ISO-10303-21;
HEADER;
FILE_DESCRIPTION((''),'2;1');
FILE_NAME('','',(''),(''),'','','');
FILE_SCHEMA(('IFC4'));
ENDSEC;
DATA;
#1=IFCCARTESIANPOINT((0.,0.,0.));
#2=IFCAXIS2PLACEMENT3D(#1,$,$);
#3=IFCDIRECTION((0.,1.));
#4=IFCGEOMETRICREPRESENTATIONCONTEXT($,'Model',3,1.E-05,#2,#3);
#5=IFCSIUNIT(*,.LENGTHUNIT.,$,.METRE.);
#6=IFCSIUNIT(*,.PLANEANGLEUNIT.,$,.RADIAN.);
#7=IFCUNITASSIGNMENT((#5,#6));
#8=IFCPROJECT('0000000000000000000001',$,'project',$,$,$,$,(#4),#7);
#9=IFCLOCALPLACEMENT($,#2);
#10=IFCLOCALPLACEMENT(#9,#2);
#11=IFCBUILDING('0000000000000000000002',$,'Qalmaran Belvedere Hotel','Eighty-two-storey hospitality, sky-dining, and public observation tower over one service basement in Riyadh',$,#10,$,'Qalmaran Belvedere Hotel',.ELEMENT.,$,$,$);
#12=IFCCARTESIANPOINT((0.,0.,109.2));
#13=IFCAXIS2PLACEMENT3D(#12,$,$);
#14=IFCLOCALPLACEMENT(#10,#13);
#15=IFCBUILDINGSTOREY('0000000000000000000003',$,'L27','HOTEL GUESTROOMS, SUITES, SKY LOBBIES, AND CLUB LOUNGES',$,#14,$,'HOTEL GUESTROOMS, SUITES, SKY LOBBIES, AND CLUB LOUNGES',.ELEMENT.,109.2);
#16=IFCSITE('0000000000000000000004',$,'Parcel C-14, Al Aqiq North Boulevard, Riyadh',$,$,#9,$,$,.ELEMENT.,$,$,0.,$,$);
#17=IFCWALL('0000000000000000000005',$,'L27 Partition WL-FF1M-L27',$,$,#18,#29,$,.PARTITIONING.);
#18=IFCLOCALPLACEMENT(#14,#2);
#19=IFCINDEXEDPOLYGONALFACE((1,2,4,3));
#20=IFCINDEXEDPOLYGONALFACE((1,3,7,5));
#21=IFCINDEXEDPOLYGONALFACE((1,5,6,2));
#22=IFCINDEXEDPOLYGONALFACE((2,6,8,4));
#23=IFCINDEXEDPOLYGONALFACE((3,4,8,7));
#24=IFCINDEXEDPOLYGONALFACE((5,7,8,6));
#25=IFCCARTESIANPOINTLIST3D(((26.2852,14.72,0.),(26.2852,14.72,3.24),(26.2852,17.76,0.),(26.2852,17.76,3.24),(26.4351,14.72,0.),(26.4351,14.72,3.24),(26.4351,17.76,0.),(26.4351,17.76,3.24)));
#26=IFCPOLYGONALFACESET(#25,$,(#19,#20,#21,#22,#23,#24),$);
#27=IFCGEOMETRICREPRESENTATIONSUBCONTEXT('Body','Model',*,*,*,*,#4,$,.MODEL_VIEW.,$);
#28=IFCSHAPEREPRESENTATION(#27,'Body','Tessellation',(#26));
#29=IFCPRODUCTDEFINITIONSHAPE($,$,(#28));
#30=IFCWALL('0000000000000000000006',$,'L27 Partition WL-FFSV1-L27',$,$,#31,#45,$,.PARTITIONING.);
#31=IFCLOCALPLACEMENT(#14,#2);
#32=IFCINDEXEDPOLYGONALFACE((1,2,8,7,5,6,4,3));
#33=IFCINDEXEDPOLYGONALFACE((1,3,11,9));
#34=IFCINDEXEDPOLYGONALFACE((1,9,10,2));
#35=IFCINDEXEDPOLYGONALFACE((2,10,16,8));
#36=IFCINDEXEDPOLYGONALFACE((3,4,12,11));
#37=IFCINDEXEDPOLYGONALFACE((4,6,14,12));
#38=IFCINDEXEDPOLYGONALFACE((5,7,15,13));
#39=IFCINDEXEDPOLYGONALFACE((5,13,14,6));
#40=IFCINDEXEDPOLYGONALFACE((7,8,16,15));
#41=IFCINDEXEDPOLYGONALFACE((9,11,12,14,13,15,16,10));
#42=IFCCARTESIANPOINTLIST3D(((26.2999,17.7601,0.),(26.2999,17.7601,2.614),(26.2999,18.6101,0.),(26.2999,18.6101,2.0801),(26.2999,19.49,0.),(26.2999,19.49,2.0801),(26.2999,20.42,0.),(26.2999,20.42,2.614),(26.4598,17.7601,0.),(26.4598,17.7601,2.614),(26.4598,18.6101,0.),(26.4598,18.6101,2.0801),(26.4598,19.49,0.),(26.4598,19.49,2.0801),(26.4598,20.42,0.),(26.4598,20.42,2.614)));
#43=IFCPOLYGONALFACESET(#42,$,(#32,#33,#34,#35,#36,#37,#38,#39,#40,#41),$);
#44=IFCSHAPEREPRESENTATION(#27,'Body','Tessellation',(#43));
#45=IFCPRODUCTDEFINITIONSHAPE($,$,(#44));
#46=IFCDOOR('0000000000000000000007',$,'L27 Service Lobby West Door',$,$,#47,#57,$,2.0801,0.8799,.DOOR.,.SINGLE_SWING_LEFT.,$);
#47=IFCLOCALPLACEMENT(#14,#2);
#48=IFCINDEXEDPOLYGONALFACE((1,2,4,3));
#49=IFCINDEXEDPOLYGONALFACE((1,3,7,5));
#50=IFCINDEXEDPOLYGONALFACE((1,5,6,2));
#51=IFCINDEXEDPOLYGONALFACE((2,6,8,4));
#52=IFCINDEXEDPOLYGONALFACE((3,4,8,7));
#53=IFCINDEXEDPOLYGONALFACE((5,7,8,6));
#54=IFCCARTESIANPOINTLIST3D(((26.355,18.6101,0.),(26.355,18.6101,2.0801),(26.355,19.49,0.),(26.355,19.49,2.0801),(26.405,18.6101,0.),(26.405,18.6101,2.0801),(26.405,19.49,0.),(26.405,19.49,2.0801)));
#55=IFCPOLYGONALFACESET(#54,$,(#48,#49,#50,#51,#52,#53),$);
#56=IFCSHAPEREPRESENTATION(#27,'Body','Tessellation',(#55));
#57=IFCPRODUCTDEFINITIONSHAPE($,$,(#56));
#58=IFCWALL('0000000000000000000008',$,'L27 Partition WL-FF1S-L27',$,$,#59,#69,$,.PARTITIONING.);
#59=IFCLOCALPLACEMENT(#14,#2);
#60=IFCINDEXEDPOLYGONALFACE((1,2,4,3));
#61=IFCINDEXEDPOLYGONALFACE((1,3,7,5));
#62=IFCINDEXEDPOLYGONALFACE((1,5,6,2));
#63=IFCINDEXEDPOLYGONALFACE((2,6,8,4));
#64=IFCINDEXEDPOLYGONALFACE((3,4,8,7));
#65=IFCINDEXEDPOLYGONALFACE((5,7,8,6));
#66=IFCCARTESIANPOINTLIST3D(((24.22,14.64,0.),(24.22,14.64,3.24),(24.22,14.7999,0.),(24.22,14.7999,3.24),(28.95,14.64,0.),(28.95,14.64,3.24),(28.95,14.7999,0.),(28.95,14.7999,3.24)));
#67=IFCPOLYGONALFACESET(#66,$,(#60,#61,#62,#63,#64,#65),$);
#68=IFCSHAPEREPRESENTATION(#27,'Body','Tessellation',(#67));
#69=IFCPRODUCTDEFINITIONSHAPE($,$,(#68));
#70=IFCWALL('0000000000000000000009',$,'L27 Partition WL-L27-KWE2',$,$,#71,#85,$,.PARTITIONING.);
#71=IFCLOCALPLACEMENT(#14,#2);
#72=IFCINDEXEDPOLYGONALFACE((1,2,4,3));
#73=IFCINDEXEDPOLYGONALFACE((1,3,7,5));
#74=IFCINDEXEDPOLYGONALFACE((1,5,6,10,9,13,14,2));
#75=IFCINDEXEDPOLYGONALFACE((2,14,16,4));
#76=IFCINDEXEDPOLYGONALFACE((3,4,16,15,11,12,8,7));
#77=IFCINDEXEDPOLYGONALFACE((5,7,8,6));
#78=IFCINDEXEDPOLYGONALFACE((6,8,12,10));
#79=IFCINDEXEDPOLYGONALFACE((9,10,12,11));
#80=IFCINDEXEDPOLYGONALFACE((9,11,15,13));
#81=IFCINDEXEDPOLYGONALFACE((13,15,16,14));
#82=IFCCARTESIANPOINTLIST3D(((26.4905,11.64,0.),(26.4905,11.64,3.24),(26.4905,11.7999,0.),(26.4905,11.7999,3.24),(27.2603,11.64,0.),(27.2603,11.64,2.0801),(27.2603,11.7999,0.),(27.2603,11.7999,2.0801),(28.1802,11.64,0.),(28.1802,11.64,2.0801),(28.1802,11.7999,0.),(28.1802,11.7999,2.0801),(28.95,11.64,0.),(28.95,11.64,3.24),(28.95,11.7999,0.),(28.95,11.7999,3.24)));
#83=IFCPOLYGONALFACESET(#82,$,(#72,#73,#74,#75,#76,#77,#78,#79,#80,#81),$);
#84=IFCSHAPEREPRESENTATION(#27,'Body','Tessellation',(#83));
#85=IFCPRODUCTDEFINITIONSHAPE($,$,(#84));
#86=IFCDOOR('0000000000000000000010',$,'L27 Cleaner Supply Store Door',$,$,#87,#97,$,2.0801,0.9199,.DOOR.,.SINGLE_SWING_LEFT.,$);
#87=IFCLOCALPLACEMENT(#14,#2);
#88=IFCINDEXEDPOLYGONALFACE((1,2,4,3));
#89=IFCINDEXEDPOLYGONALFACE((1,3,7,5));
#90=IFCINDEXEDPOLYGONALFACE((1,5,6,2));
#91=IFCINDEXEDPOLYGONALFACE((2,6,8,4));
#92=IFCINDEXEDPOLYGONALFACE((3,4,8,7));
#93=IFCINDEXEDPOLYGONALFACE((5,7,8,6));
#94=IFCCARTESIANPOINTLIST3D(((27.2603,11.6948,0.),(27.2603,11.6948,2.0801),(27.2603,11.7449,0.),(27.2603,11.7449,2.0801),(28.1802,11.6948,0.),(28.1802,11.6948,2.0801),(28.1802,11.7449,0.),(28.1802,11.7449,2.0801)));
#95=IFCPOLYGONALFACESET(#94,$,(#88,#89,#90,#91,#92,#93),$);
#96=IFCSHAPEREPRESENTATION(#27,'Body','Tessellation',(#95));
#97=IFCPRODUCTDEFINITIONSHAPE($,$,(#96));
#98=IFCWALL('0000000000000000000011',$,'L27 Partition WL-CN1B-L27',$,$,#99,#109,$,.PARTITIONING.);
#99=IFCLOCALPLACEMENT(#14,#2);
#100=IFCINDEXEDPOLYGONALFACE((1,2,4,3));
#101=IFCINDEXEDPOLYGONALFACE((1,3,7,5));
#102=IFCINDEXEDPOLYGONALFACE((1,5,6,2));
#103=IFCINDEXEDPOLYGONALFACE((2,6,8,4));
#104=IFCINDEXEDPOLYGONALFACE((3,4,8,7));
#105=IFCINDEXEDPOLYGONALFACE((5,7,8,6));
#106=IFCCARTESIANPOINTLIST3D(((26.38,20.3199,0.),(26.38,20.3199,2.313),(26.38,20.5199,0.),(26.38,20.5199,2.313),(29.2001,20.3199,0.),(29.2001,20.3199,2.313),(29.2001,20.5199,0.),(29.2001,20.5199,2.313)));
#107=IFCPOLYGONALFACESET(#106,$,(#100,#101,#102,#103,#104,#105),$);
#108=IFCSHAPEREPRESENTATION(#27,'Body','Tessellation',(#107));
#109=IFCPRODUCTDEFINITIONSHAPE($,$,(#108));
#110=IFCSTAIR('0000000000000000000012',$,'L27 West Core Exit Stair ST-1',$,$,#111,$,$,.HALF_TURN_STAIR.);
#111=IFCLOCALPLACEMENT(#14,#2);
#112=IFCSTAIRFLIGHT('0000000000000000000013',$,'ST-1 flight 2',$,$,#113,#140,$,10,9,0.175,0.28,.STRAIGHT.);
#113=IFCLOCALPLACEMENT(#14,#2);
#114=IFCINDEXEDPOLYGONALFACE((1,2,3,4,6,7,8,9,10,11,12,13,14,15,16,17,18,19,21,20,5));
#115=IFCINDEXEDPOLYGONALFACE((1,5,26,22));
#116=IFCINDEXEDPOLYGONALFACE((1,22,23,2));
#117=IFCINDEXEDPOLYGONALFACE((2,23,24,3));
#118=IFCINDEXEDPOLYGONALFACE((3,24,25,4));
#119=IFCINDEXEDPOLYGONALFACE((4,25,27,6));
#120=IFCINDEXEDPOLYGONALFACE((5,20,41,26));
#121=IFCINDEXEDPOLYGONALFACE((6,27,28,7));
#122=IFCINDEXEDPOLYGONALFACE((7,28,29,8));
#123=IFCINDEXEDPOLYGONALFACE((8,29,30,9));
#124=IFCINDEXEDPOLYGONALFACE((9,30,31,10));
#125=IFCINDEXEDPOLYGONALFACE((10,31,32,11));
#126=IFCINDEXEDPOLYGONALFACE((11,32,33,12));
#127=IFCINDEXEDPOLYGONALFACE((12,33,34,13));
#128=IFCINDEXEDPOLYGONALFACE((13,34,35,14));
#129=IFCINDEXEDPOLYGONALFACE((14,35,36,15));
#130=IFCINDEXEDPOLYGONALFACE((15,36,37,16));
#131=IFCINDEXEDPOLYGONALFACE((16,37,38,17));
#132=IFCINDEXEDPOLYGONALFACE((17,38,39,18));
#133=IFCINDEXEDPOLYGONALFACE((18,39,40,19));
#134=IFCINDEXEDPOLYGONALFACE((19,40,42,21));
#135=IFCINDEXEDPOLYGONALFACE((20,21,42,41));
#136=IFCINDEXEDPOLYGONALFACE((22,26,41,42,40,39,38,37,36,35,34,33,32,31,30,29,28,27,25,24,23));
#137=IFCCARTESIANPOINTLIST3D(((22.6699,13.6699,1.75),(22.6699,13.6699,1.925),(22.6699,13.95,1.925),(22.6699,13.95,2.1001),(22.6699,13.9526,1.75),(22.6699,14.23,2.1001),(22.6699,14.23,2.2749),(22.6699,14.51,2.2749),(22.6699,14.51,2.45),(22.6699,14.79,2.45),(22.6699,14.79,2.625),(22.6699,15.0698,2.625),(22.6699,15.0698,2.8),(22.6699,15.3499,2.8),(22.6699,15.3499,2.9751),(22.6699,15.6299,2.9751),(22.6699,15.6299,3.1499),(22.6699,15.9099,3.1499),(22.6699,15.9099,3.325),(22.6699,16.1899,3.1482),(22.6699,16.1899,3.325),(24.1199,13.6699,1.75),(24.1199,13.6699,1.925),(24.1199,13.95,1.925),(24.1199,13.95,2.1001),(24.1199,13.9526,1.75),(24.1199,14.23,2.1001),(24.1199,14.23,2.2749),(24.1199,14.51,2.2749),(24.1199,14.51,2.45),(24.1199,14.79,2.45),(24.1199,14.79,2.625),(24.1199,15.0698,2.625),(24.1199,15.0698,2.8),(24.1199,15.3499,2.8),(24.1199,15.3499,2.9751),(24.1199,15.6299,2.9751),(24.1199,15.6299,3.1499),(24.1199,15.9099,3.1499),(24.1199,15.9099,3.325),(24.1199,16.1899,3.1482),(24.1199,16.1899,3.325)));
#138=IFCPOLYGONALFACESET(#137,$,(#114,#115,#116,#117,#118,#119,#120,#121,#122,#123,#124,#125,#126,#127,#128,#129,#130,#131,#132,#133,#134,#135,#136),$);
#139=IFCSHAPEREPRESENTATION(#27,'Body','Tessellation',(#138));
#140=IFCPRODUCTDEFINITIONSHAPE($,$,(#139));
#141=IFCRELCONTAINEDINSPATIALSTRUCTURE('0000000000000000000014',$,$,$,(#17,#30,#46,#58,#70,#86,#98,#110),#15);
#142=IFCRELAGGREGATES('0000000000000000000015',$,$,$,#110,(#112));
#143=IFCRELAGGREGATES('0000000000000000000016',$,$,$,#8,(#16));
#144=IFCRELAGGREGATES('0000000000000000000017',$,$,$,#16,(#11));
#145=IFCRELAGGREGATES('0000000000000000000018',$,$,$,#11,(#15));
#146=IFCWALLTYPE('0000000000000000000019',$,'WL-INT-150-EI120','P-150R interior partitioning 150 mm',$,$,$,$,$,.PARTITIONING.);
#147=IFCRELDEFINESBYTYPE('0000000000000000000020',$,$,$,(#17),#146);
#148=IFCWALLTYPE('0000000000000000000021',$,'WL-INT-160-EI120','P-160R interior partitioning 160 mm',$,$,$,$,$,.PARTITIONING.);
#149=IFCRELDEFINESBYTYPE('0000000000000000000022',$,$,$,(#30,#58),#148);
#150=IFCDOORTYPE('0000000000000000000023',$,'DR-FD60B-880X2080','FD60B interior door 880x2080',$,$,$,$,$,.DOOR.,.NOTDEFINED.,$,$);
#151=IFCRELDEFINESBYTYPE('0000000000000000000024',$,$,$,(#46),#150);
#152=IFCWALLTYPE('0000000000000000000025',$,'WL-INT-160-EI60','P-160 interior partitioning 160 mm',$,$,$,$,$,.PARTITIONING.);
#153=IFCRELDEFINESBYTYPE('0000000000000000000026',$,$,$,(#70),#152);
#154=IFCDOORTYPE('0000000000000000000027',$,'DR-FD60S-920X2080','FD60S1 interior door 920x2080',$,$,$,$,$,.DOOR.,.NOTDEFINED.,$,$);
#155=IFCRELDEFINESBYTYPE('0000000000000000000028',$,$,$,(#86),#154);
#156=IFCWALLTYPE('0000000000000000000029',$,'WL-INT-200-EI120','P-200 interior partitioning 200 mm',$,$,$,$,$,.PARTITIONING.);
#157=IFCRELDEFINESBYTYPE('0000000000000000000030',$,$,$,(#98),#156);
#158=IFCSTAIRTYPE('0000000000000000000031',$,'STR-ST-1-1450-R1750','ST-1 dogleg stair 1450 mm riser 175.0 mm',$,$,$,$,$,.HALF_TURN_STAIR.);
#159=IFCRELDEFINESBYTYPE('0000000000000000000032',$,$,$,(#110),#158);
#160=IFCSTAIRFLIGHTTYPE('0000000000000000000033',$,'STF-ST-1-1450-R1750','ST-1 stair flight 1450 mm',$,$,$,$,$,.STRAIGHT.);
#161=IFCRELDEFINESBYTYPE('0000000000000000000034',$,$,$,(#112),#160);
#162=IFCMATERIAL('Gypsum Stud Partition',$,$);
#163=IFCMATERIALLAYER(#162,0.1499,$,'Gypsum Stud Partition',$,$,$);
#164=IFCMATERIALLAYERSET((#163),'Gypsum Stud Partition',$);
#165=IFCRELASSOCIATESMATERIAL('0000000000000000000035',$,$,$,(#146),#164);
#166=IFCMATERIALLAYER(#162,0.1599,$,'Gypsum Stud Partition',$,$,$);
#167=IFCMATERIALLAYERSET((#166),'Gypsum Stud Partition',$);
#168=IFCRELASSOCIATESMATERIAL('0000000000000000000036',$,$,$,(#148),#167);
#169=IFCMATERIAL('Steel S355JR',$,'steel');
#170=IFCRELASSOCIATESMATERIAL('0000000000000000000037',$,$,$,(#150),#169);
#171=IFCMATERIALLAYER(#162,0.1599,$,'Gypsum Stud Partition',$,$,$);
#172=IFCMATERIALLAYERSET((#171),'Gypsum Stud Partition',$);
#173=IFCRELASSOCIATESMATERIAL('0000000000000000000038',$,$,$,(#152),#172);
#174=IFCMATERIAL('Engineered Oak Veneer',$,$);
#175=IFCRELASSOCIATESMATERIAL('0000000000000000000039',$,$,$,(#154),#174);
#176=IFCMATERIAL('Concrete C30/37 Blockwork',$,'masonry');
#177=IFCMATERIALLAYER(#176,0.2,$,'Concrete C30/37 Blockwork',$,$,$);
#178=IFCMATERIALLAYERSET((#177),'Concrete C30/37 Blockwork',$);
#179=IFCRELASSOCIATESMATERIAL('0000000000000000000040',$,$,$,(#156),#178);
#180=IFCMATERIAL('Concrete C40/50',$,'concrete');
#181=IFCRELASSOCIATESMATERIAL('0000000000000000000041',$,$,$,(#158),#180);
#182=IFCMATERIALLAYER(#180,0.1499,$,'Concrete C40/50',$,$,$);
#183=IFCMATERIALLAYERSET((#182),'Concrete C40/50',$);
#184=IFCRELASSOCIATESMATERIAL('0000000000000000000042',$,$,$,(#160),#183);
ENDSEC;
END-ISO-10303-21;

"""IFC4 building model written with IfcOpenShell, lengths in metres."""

from ifc_helpers import new_model, si_unit, direction, frame, frame_2d, origin, place, context, subcontext, project, spatial, polyline, rectangle, outline, extrude, material, layer, layer_set, type_object, element, fill, aggregate, save


model = new_model("IFC4")

# Units and contexts
model_context = context("Model", 3, precision=1e-05, world=origin(), true_north=direction((0.0, 1.0)))
body_context = subcontext(model_context, "Body", "Model", "MODEL_VIEW")
ifc_project = project(units=[si_unit("LENGTHUNIT", "METRE"), si_unit("PLANEANGLEUNIT", "RADIAN")], contexts=[model_context])

# Site, building, storey
site_placement = place(None, origin())
site = spatial("IfcSite", under=ifc_project, at=site_placement, Name="Parcel C-14, Al Aqiq North Boulevard, Riyadh", CompositionType="ELEMENT", RefElevation=0.0)
building_placement = place(site_placement, origin())
building = spatial("IfcBuilding", under=site, at=building_placement, Name="Qalmaran Belvedere Hotel", Description="Eighty-two-storey hospitality, sky-dining, and public observation tower over one service basement in Riyadh", LongName="Qalmaran Belvedere Hotel", CompositionType="ELEMENT")
storey_placement = place(building_placement, frame((0.0, 0.0, 109.2)))
storey = spatial("IfcBuildingStorey", under=building, at=storey_placement, Name="L27", Description="HOTEL GUESTROOMS, SUITES, SKY LOBBIES, AND CLUB LOUNGES", LongName="HOTEL GUESTROOMS, SUITES, SKY LOBBIES, AND CLUB LOUNGES", CompositionType="ELEMENT", Elevation=109.2)

# Wall
ifc_material_1 = material(Name="Gypsum Stud Partition")
ifc_layer_1 = layer(ifc_material_1, 0.1499, Name="Gypsum Stud Partition")
ifc_layer_set_1 = layer_set([ifc_layer_1], Name="Gypsum Stud Partition")
wall_type_1 = type_object("IfcWallType", Name="WL-INT-150-EI120", Description="P-150R interior partitioning 150 mm", PredefinedType="PARTITIONING", material=ifc_layer_set_1)
wall_1_placement = place(storey_placement, frame((26.3601, 14.72, 0.0), z_axis=(0.0, 0.0, 1.0), x_axis=(0.0, 1.0, 0.0)))
element("IfcWall", 1, at=wall_1_placement, inside=storey, type_object=wall_type_1, Name="L27 Partition WL-FF1M-L27", PredefinedType="PARTITIONING", context=body_context, shape_type="SweptSolid", body=[
    extrude(rectangle(XDim=3.04, YDim=0.1499, at=frame_2d((1.52, 0.0))), origin(), (0.0, 0.0, 1.0), 3.24),
])

# Wall, opening, door
ifc_layer_2 = layer(ifc_material_1, 0.1599, Name="Gypsum Stud Partition")
ifc_layer_set_2 = layer_set([ifc_layer_2], Name="Gypsum Stud Partition")
wall_type_2 = type_object("IfcWallType", Name="WL-INT-160-EI120", Description="P-160R interior partitioning 160 mm", PredefinedType="PARTITIONING", material=ifc_layer_set_2)
wall_2_placement = place(storey_placement, frame((26.3799, 17.76, 0.0), z_axis=(0.0, 0.0, 1.0), x_axis=(0.0, 1.0, 0.0)))
wall_2 = element("IfcWall", 2, at=wall_2_placement, inside=storey, type_object=wall_type_2, Name="L27 Partition WL-FFSV1-L27", PredefinedType="PARTITIONING", context=body_context, shape_type="SweptSolid", body=[
    extrude(rectangle(XDim=2.6599, YDim=0.1599, at=frame_2d((1.3301, 0.0))), origin(), (0.0, 0.0, 1.0), 2.614),
])
opening_1_placement = place(wall_2_placement, frame((0.8501, 0.0, 0.0)))
opening_1 = element("IfcOpeningElement", 3, at=opening_1_placement, cuts=wall_2, PredefinedType="OPENING", context=body_context, shape_type="SweptSolid", body=[
    extrude(rectangle(XDim=0.8799, YDim=2.0801, at=frame_2d((0.4399, 1.04))), frame((0.0, 0.0898, 0.0), z_axis=(0.0, -1.0, 0.0), x_axis=(1.0, 0.0, 0.0)), (0.0, 0.0, 1.0), 0.1799),
])
ifc_material_2 = material(Name="Steel S355JR", Category="steel")
door_type_1 = type_object("IfcDoorType", Name="DR-FD60B-880X2080", Description="FD60B interior door 880x2080", OperationType="NOTDEFINED", PredefinedType="DOOR", material=ifc_material_2)
door_1_placement = place(opening_1_placement, origin())
door_1 = element("IfcDoor", 4, at=door_1_placement, inside=storey, type_object=door_type_1, Name="L27 Service Lobby West Door", OperationType="SINGLE_SWING_LEFT", OverallHeight=2.0801, OverallWidth=0.8799, PredefinedType="DOOR", context=body_context, shape_type="SweptSolid", body=[
    extrude(rectangle(XDim=0.8799, YDim=2.0801, at=frame_2d((0.4399, 1.04))), frame((0.0, 0.0249, 0.0), z_axis=(0.0, -1.0, 0.0), x_axis=(1.0, 0.0, 0.0)), (0.0, 0.0, 1.0), 0.05),
])
fill(opening_1, door_1)

# Wall
wall_3_placement = place(storey_placement, frame((24.22, 14.72, 0.0), z_axis=(0.0, 0.0, 1.0), x_axis=(1.0, 0.0, 0.0)))
element("IfcWall", 5, at=wall_3_placement, inside=storey, type_object=wall_type_2, Name="L27 Partition WL-FF1S-L27", PredefinedType="PARTITIONING", context=body_context, shape_type="SweptSolid", body=[
    extrude(rectangle(XDim=4.73, YDim=0.1599, at=frame_2d((2.365, 0.0))), origin(), (0.0, 0.0, 1.0), 3.24),
])

# Wall, opening, door
ifc_layer_3 = layer(ifc_material_1, 0.1599, Name="Gypsum Stud Partition")
ifc_layer_set_3 = layer_set([ifc_layer_3], Name="Gypsum Stud Partition")
wall_type_3 = type_object("IfcWallType", Name="WL-INT-160-EI60", Description="P-160 interior partitioning 160 mm", PredefinedType="PARTITIONING", material=ifc_layer_set_3)
wall_4_placement = place(storey_placement, frame((26.4905, 11.72, 0.0), z_axis=(0.0, 0.0, 1.0), x_axis=(1.0, 0.0, 0.0)))
wall_4 = element("IfcWall", 6, at=wall_4_placement, inside=storey, type_object=wall_type_3, Name="L27 Partition WL-L27-KWE2", PredefinedType="PARTITIONING", context=body_context, shape_type="SweptSolid", body=[
    extrude(rectangle(XDim=2.4595, YDim=0.1599, at=frame_2d((1.2297, 0.0))), origin(), (0.0, 0.0, 1.0), 3.24),
])
opening_2_placement = place(wall_4_placement, frame((0.7698, 0.0, 0.0)))
opening_2 = element("IfcOpeningElement", 7, at=opening_2_placement, cuts=wall_4, PredefinedType="OPENING", context=body_context, shape_type="SweptSolid", body=[
    extrude(rectangle(XDim=0.9199, YDim=2.0801, at=frame_2d((0.46, 1.04))), frame((0.0, 0.0898, 0.0), z_axis=(0.0, -1.0, 0.0), x_axis=(1.0, 0.0, 0.0)), (0.0, 0.0, 1.0), 0.1799),
])
ifc_material_3 = material(Name="Engineered Oak Veneer")
door_type_2 = type_object("IfcDoorType", Name="DR-FD60S-920X2080", Description="FD60S1 interior door 920x2080", OperationType="NOTDEFINED", PredefinedType="DOOR", material=ifc_material_3)
door_2_placement = place(opening_2_placement, origin())
door_2 = element("IfcDoor", 8, at=door_2_placement, inside=storey, type_object=door_type_2, Name="L27 Cleaner Supply Store Door", OperationType="SINGLE_SWING_LEFT", OverallHeight=2.0801, OverallWidth=0.9199, PredefinedType="DOOR", context=body_context, shape_type="SweptSolid", body=[
    extrude(rectangle(XDim=0.9199, YDim=2.0801, at=frame_2d((0.46, 1.04))), frame((0.0, 0.0249, 0.0), z_axis=(0.0, -1.0, 0.0), x_axis=(1.0, 0.0, 0.0)), (0.0, 0.0, 1.0), 0.05),
])
fill(opening_2, door_2)

# Wall
ifc_material_4 = material(Name="Concrete C30/37 Blockwork", Category="masonry")
ifc_layer_4 = layer(ifc_material_4, 0.2, Name="Concrete C30/37 Blockwork")
ifc_layer_set_4 = layer_set([ifc_layer_4], Name="Concrete C30/37 Blockwork")
wall_type_4 = type_object("IfcWallType", Name="WL-INT-200-EI120", Description="P-200 interior partitioning 200 mm", PredefinedType="PARTITIONING", material=ifc_layer_set_4)
wall_5_placement = place(storey_placement, frame((26.3799, 20.4199, 0.0), z_axis=(0.0, 0.0, 1.0), x_axis=(1.0, 0.0, 0.0)))
element("IfcWall", 9, at=wall_5_placement, inside=storey, type_object=wall_type_4, Name="L27 Partition WL-CN1B-L27", PredefinedType="PARTITIONING", context=body_context, shape_type="SweptSolid", body=[
    extrude(rectangle(XDim=2.8201, YDim=0.2, at=frame_2d((1.4102, 0.0))), origin(), (0.0, 0.0, 1.0), 2.313),
])

# Stair, stair flight
ifc_material_5 = material(Name="Concrete C40/50", Category="concrete")
stair_type = type_object("IfcStairType", Name="STR-ST-1-1450-R1750", Description="ST-1 dogleg stair 1450 mm riser 175.0 mm", PredefinedType="HALF_TURN_STAIR", material=ifc_material_5)
stair_placement = place(storey_placement, origin())
stair = element("IfcStair", 10, at=stair_placement, inside=storey, type_object=stair_type, Name="L27 West Core Exit Stair ST-1", PredefinedType="HALF_TURN_STAIR")
ifc_layer_5 = layer(ifc_material_5, 0.1499, Name="Concrete C40/50")
ifc_layer_set_5 = layer_set([ifc_layer_5], Name="Concrete C40/50")
stair_flight_type = type_object("IfcStairFlightType", Name="STF-ST-1-1450-R1750", Description="ST-1 stair flight 1450 mm", PredefinedType="STRAIGHT", material=ifc_layer_set_5)
stair_flight_placement = place(storey_placement, frame((23.395, 13.6699, 1.75), z_axis=(0.0, 0.0, 1.0), x_axis=(0.0, 1.0, 0.0)))
stair_flight = element("IfcStairFlight", 11, at=stair_flight_placement, type_object=stair_flight_type, Name="ST-1 flight 2", NumberOfRisers=10, NumberOfTreads=9, PredefinedType="STRAIGHT", RiserHeight=0.175, TreadLength=0.28, context=body_context, shape_type="SweptSolid", body=[
    extrude(outline(polyline([(0.0, 0.0), (0.0, 0.175), (0.28, 0.175), (0.28, 0.3501), (0.5601, 0.3501), (0.5601, 0.5249), (0.8401, 0.5249), (0.8401, 0.7), (1.1201, 0.7), (1.1201, 0.875), (1.3999, 0.875), (1.3999, 1.05), (1.6799, 1.05), (1.6799, 1.2251), (1.96, 1.2251), (1.96, 1.3999), (2.24, 1.3999), (2.24, 1.575), (2.52, 1.575), (2.52, 1.75), (2.52, 1.3982), (0.2827, 0.0), (0.0, 0.0)])), frame((0.0, 0.7251, 0.0), z_axis=(0.0, -1.0, 0.0), x_axis=(1.0, 0.0, 0.0)), (0.0, 0.0, 1.0), 1.45),
])
aggregate(stair, [stair_flight])

save(model, "model.ifc")
